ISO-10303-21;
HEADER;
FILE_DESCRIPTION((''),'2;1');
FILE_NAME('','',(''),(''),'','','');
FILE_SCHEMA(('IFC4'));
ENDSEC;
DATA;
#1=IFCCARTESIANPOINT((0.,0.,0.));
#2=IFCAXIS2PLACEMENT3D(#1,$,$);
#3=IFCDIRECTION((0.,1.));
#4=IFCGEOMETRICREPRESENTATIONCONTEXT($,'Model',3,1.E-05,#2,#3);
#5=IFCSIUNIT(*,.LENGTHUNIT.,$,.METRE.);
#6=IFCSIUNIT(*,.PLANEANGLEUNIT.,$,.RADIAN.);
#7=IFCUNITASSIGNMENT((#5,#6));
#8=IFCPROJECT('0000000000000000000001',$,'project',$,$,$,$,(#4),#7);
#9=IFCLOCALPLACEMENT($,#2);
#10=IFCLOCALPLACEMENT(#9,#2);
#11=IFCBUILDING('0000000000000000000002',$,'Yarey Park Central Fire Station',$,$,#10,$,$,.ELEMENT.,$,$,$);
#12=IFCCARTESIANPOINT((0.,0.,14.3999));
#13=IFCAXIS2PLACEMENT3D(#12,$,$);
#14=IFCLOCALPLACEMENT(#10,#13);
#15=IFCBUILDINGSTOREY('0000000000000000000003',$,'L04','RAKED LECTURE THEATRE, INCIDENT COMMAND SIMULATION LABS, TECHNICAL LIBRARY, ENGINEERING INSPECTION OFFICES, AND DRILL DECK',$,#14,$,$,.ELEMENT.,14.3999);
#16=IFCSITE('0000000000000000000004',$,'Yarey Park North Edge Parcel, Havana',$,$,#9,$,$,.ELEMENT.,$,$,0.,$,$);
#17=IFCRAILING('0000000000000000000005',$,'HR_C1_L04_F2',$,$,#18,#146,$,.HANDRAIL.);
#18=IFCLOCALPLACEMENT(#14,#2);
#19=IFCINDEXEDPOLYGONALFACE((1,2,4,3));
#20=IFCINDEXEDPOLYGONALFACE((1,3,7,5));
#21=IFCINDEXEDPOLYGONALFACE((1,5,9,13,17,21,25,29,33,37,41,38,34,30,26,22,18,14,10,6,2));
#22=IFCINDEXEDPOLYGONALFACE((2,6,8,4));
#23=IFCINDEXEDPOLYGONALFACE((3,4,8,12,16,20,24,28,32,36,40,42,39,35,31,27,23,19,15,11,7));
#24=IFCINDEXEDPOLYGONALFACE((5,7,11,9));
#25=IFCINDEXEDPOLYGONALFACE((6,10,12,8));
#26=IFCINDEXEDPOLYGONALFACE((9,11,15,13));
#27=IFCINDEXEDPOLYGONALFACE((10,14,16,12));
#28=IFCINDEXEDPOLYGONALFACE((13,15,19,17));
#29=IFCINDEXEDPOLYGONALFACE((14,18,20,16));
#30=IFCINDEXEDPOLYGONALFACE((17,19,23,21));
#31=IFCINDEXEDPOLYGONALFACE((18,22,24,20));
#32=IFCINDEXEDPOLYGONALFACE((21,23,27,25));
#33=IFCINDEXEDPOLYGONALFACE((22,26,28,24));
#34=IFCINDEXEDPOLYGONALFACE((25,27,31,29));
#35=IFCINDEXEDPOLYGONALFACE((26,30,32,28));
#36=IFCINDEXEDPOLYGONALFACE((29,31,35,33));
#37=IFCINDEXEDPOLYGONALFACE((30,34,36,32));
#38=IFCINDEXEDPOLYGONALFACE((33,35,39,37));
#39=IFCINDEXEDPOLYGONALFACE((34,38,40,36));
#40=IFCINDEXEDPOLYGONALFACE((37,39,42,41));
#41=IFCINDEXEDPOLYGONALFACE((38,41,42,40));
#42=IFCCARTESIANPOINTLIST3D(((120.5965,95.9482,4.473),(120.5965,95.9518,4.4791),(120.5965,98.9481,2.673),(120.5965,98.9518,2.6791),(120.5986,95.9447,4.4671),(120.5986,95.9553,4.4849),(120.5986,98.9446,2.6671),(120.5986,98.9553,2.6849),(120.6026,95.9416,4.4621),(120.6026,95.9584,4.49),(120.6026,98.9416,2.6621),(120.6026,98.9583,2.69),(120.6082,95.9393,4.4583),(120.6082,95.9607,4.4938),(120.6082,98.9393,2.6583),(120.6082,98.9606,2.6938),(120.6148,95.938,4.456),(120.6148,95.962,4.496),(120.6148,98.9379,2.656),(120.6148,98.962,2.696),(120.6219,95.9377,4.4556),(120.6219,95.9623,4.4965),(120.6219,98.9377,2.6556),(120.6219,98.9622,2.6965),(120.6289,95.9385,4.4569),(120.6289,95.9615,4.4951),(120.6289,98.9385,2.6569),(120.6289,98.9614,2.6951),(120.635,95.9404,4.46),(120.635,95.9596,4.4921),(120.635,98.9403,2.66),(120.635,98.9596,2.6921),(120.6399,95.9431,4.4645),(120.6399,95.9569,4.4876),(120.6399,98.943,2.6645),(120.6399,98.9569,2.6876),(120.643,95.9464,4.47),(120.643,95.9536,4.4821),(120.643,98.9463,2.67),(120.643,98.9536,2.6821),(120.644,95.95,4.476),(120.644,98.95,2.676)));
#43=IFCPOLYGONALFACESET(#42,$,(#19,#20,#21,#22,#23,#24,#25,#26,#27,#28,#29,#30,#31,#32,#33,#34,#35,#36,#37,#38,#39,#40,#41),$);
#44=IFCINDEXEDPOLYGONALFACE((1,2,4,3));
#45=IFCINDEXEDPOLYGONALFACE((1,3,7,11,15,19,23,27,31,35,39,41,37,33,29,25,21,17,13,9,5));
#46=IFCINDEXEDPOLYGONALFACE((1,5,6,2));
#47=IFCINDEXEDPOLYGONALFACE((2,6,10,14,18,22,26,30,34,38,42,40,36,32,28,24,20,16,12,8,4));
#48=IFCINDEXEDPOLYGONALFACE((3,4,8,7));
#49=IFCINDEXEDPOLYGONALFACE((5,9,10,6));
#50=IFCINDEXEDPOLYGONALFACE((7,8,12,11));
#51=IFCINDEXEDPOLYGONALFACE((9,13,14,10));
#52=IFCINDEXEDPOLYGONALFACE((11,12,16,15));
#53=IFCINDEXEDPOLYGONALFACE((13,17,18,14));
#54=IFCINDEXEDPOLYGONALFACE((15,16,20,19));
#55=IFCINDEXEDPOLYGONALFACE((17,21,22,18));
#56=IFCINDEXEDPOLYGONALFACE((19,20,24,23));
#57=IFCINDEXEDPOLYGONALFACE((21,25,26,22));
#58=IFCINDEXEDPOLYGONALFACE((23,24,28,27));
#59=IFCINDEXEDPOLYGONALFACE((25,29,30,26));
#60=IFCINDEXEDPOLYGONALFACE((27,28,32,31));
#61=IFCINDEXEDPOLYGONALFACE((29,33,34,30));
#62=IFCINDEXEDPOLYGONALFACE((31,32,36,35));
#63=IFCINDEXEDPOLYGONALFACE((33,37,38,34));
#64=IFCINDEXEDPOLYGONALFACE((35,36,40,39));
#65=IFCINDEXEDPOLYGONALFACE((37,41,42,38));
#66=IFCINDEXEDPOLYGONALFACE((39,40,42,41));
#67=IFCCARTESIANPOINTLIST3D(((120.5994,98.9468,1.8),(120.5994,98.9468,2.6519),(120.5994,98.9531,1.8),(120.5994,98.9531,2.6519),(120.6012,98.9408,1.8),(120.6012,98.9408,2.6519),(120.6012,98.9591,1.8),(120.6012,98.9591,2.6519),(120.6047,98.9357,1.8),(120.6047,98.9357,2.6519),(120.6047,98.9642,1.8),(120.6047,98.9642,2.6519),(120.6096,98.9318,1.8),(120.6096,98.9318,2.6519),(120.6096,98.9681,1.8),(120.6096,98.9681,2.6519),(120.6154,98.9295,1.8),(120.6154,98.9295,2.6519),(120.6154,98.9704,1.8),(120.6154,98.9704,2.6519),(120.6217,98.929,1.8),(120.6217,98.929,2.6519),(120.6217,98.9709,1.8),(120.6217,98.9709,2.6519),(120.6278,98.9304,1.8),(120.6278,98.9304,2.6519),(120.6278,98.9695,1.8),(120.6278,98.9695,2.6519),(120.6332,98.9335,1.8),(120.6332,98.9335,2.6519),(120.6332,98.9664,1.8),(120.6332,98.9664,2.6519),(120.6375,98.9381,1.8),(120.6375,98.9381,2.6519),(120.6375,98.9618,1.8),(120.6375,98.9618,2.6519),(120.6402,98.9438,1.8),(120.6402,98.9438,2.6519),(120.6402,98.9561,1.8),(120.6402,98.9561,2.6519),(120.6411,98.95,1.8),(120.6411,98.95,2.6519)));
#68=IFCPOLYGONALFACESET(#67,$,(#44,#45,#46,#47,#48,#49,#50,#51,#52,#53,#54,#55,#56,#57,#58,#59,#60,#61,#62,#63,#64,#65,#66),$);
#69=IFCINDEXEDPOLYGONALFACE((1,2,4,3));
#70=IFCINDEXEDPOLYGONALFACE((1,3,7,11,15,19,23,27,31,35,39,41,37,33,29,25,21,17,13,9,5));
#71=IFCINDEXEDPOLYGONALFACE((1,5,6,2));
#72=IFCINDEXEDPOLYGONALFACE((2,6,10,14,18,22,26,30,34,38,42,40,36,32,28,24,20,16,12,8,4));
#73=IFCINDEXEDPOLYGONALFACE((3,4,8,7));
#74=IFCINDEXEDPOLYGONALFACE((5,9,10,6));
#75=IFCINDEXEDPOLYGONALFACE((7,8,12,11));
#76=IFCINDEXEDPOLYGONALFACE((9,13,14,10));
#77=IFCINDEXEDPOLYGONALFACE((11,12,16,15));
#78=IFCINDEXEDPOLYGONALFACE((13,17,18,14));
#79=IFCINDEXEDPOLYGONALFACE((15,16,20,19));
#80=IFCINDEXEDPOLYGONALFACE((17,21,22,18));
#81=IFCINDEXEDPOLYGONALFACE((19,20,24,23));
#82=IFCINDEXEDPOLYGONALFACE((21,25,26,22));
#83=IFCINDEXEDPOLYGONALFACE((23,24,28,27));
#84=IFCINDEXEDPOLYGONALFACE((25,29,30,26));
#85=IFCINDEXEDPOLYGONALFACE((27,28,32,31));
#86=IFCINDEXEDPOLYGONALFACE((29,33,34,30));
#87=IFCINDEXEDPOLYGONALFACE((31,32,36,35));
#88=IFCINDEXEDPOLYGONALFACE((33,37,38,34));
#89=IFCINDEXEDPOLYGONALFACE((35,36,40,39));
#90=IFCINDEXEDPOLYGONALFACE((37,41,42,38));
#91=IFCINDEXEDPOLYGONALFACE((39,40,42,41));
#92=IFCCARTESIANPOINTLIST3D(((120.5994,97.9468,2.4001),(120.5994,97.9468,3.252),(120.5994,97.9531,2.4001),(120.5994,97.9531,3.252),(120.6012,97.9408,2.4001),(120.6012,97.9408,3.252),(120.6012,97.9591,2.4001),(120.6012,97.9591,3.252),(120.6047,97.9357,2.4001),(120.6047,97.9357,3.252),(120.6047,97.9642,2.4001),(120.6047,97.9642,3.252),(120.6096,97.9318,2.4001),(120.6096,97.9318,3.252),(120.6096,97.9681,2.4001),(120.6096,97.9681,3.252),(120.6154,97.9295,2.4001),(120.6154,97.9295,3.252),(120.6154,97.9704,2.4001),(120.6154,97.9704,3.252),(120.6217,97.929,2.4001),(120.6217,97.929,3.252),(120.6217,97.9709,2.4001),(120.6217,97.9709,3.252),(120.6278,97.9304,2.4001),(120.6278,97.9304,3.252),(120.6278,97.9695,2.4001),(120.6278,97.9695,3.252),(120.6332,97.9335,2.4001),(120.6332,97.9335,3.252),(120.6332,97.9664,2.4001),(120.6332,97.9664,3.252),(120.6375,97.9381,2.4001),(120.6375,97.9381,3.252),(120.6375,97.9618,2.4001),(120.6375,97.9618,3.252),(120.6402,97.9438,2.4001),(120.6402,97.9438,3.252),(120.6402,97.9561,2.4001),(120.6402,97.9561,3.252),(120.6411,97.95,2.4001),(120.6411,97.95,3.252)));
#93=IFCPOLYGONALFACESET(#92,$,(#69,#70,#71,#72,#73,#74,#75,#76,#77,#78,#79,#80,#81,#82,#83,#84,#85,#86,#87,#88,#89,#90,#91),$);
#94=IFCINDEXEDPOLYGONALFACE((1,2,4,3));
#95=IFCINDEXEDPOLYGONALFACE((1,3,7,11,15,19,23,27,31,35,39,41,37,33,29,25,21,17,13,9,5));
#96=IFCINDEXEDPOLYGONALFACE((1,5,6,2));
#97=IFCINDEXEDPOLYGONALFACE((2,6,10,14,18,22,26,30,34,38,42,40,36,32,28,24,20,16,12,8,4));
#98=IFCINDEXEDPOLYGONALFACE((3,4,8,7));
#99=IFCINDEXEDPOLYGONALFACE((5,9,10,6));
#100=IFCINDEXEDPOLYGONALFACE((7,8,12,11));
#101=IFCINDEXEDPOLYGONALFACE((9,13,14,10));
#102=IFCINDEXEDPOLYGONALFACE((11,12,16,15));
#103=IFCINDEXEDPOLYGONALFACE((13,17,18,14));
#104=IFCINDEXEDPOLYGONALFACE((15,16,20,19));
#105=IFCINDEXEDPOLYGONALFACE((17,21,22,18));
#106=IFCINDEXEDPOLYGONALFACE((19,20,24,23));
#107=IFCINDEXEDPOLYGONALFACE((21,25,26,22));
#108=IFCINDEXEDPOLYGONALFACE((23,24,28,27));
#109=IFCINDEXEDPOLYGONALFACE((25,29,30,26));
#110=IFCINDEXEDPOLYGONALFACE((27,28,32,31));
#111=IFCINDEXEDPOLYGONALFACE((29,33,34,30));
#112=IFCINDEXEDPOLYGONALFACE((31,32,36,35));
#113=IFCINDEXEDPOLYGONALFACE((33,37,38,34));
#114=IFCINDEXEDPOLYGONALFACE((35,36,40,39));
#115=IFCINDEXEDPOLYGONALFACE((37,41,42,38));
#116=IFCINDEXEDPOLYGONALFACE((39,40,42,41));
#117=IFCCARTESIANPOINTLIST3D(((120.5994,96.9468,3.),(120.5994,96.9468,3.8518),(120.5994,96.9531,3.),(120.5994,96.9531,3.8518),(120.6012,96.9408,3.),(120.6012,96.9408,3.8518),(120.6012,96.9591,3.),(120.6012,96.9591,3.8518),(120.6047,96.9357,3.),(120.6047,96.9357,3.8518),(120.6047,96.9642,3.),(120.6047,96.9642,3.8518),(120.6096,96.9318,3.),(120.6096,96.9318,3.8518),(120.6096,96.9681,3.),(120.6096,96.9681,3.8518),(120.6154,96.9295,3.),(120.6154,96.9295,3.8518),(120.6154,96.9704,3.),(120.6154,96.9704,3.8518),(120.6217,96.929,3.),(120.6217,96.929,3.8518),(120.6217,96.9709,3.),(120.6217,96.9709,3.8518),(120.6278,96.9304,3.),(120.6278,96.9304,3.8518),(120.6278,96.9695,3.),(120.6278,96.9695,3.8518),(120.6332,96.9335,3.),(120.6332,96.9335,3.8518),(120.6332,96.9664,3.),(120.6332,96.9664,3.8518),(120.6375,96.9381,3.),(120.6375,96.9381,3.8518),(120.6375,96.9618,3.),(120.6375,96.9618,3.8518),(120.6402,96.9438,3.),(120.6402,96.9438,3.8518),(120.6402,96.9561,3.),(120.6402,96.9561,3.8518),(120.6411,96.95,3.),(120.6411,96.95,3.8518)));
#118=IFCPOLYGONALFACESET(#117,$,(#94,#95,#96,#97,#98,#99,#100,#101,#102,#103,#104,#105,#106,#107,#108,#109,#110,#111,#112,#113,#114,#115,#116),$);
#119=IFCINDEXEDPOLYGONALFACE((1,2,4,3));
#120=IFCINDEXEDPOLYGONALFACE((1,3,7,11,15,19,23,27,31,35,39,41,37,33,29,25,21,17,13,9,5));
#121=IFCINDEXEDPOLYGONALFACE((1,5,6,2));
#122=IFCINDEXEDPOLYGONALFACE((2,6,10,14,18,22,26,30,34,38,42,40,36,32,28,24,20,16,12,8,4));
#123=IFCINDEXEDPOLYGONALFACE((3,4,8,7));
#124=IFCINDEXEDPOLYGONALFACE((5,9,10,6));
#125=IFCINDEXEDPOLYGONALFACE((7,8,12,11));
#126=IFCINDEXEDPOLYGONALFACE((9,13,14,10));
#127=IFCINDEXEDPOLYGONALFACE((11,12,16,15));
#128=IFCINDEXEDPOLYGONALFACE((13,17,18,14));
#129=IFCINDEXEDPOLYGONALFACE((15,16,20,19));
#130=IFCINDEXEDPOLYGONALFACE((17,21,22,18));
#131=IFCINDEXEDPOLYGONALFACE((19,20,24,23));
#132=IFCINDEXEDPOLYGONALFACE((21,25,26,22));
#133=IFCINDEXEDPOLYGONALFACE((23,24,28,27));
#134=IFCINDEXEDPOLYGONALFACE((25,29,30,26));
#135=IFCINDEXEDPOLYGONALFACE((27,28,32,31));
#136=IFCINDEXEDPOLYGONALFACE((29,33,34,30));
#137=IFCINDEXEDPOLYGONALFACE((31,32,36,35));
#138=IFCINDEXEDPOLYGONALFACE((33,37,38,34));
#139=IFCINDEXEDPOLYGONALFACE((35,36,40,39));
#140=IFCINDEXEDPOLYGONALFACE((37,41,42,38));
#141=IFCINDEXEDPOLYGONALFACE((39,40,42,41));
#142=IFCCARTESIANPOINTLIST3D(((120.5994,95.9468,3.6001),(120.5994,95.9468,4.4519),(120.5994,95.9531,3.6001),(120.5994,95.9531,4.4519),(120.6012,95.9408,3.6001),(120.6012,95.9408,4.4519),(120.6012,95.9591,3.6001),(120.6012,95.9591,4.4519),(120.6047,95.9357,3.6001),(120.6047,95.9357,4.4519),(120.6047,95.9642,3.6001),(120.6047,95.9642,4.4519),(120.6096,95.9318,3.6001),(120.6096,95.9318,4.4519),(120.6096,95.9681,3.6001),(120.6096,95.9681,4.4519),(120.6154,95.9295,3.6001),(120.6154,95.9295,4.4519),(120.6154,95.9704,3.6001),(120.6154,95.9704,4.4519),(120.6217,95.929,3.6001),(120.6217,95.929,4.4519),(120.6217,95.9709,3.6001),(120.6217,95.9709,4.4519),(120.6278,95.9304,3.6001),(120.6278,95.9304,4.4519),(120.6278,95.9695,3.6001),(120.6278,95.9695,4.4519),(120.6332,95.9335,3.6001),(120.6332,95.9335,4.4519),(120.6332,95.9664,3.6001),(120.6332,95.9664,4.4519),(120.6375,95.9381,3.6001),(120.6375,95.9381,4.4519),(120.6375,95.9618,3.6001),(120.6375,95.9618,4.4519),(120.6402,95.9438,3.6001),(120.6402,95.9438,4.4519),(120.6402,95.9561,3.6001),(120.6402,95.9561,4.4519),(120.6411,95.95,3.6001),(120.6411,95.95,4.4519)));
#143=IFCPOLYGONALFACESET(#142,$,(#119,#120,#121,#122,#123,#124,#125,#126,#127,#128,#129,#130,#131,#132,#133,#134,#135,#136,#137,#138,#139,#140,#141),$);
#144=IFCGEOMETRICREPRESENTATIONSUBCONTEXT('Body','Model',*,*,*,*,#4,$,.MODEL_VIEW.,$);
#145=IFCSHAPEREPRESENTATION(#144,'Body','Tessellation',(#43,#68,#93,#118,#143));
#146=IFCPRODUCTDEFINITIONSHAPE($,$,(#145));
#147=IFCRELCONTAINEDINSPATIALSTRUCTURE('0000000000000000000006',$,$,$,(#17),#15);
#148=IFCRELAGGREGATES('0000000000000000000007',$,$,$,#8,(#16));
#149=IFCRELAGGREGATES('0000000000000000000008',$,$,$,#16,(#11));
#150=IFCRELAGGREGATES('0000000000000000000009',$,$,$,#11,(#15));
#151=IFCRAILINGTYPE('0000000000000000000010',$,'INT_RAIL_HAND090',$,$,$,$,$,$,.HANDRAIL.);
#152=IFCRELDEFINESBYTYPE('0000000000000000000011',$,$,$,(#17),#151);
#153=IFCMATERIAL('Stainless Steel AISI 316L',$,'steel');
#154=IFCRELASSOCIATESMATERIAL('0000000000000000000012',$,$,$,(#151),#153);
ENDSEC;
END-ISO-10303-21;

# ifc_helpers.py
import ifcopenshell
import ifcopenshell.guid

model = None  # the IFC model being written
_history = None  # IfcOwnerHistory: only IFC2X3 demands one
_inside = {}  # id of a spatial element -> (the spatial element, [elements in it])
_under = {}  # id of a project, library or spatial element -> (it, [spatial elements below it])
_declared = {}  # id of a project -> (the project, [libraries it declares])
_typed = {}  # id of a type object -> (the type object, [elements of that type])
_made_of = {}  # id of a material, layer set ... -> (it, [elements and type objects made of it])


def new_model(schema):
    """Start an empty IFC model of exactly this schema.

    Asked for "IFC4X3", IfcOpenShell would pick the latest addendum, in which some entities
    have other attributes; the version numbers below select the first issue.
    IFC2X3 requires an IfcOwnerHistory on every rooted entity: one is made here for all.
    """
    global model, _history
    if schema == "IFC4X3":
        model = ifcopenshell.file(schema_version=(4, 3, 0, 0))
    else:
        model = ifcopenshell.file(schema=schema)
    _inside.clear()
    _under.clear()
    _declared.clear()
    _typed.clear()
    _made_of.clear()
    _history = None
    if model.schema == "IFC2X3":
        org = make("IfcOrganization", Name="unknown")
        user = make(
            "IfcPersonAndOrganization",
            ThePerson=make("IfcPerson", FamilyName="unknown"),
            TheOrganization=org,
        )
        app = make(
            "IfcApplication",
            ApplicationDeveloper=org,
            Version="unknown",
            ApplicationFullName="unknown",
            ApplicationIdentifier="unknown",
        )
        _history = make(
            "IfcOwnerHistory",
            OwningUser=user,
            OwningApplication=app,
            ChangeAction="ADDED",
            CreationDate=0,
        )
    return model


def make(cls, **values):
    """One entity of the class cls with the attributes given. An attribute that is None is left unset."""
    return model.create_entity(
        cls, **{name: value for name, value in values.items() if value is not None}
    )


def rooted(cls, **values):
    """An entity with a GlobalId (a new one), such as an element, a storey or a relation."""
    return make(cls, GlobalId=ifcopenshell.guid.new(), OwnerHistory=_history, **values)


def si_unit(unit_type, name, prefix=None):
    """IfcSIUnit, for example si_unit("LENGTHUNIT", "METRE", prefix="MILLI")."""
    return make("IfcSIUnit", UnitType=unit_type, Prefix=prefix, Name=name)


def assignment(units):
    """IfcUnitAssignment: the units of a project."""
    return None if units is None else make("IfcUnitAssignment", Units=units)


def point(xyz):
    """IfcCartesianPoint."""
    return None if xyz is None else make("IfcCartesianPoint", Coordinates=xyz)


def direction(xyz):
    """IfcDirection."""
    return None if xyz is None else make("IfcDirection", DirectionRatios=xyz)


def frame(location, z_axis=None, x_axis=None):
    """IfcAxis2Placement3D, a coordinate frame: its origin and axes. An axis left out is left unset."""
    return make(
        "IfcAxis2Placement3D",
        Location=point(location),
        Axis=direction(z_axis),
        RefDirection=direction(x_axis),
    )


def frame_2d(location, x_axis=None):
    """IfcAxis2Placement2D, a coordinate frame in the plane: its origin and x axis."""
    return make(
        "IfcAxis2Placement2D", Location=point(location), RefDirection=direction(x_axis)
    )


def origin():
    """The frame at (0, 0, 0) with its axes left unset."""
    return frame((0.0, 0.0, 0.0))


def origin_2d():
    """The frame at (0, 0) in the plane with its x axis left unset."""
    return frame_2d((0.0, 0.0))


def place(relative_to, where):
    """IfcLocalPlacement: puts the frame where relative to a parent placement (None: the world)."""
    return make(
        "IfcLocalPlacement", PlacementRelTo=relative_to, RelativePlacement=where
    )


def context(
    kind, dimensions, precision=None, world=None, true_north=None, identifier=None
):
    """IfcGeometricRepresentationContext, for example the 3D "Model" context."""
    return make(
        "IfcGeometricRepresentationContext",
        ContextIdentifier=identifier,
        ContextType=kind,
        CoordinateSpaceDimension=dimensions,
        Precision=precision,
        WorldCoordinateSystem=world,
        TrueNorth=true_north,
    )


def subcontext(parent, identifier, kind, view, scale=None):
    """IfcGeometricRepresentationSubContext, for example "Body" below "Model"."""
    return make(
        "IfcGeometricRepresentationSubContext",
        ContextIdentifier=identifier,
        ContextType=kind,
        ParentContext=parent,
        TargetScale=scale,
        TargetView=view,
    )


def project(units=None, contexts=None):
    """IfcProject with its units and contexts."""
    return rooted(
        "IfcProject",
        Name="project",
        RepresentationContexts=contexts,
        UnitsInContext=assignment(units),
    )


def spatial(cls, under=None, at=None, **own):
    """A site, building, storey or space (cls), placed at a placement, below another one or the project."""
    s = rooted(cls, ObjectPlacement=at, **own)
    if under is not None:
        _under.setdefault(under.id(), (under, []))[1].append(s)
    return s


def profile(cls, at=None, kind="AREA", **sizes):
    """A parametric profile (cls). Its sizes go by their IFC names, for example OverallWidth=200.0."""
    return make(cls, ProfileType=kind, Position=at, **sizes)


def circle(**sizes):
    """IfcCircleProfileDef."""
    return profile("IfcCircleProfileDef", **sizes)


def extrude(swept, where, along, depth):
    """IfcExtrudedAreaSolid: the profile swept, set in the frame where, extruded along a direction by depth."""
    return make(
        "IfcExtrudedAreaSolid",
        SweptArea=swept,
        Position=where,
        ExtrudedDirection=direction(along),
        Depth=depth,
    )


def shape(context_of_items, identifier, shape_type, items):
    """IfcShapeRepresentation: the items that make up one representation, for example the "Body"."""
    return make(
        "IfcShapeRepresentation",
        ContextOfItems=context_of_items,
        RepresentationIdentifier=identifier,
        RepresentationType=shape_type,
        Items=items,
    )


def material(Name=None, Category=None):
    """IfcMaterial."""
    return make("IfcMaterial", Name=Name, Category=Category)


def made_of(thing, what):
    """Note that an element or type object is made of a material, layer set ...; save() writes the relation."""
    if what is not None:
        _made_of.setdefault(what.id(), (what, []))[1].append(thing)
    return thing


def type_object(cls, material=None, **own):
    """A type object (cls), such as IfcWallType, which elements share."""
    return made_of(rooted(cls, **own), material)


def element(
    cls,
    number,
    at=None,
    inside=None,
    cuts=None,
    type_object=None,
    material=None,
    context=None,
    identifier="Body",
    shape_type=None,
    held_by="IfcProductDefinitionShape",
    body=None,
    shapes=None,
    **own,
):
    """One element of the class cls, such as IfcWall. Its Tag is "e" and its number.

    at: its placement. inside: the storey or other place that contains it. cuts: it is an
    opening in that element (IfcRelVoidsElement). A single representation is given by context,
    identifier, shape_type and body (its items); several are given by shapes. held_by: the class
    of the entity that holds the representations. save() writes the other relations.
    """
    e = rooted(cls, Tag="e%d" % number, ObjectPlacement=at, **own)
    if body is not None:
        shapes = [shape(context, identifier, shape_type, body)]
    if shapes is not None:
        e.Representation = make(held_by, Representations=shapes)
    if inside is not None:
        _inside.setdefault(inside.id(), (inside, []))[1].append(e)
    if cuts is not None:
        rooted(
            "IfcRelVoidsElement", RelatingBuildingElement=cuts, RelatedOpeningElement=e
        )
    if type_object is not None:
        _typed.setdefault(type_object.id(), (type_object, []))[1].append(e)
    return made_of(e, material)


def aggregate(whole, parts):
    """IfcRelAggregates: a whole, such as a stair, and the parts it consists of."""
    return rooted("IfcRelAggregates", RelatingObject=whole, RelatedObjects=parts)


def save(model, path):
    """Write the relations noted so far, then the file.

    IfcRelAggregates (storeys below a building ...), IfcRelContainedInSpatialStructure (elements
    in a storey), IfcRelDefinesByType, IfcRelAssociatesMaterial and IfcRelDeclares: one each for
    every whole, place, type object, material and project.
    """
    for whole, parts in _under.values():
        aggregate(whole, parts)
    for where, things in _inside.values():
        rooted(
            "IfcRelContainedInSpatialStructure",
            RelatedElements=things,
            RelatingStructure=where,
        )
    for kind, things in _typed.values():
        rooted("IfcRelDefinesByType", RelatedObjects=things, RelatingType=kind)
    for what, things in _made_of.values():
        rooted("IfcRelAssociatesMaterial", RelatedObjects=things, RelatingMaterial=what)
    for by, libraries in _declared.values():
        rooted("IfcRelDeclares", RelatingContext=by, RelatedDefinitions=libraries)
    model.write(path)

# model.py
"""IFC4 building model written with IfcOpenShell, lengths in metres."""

from ifc_helpers import new_model, si_unit, direction, frame, origin, origin_2d, place, context, subcontext, project, spatial, circle, extrude, material, type_object, element, save


model = new_model("IFC4")

# Units and contexts
model_context = context("Model", 3, precision=1e-05, world=origin(), true_north=direction((0.0, 1.0)))
body_context = subcontext(model_context, "Body", "Model", "MODEL_VIEW")
ifc_project = project(units=[si_unit("LENGTHUNIT", "METRE"), si_unit("PLANEANGLEUNIT", "RADIAN")], contexts=[model_context])

# Site, building, storey
site_placement = place(None, origin())
site = spatial("IfcSite", under=ifc_project, at=site_placement, Name="Yarey Park North Edge Parcel, Havana", CompositionType="ELEMENT", RefElevation=0.0)
building_placement = place(site_placement, origin())
building = spatial("IfcBuilding", under=site, at=building_placement, Name="Yarey Park Central Fire Station", CompositionType="ELEMENT")
storey_placement = place(building_placement, frame((0.0, 0.0, 14.3999)))
storey = spatial("IfcBuildingStorey", under=building, at=storey_placement, Name="L04", Description="RAKED LECTURE THEATRE, INCIDENT COMMAND SIMULATION LABS, TECHNICAL LIBRARY, ENGINEERING INSPECTION OFFICES, AND DRILL DECK", CompositionType="ELEMENT", Elevation=14.3999)

# Railing
ifc_material_1 = material(Name="Stainless Steel AISI 316L", Category="steel")
railing_type_1 = type_object("IfcRailingType", Name="INT_RAIL_HAND090", PredefinedType="HANDRAIL", material=ifc_material_1)
railing_1_placement = place(storey_placement, frame((120.6201, 98.95, 1.8)))
element("IfcRailing", 1, at=railing_1_placement, inside=storey, type_object=railing_type_1, Name="HR_C1_L04_F2", PredefinedType="HANDRAIL", context=body_context, shape_type="SweptSolid", body=[
    extrude(circle(Radius=0.0239, at=origin_2d()), frame((0.0, 0.0, 0.876), z_axis=(0.0, -0.857487, 0.514506), x_axis=(1.0, 0.0, 0.0)), (0.0, 0.0, 1.0), 3.4985),
    extrude(circle(Radius=0.021, at=origin_2d()), origin(), (0.0, 0.0, 1.0), 0.8518),
    extrude(circle(Radius=0.021, at=origin_2d()), frame((0.0, -1.0, 0.6001)), (0.0, 0.0, 1.0), 0.8518),
    extrude(circle(Radius=0.021, at=origin_2d()), frame((0.0, -2.0, 1.2)), (0.0, 0.0, 1.0), 0.8518),
    extrude(circle(Radius=0.021, at=origin_2d()), frame((0.0, -3.0, 1.8)), (0.0, 0.0, 1.0), 0.8518),
])

save(model, "model.ifc")
